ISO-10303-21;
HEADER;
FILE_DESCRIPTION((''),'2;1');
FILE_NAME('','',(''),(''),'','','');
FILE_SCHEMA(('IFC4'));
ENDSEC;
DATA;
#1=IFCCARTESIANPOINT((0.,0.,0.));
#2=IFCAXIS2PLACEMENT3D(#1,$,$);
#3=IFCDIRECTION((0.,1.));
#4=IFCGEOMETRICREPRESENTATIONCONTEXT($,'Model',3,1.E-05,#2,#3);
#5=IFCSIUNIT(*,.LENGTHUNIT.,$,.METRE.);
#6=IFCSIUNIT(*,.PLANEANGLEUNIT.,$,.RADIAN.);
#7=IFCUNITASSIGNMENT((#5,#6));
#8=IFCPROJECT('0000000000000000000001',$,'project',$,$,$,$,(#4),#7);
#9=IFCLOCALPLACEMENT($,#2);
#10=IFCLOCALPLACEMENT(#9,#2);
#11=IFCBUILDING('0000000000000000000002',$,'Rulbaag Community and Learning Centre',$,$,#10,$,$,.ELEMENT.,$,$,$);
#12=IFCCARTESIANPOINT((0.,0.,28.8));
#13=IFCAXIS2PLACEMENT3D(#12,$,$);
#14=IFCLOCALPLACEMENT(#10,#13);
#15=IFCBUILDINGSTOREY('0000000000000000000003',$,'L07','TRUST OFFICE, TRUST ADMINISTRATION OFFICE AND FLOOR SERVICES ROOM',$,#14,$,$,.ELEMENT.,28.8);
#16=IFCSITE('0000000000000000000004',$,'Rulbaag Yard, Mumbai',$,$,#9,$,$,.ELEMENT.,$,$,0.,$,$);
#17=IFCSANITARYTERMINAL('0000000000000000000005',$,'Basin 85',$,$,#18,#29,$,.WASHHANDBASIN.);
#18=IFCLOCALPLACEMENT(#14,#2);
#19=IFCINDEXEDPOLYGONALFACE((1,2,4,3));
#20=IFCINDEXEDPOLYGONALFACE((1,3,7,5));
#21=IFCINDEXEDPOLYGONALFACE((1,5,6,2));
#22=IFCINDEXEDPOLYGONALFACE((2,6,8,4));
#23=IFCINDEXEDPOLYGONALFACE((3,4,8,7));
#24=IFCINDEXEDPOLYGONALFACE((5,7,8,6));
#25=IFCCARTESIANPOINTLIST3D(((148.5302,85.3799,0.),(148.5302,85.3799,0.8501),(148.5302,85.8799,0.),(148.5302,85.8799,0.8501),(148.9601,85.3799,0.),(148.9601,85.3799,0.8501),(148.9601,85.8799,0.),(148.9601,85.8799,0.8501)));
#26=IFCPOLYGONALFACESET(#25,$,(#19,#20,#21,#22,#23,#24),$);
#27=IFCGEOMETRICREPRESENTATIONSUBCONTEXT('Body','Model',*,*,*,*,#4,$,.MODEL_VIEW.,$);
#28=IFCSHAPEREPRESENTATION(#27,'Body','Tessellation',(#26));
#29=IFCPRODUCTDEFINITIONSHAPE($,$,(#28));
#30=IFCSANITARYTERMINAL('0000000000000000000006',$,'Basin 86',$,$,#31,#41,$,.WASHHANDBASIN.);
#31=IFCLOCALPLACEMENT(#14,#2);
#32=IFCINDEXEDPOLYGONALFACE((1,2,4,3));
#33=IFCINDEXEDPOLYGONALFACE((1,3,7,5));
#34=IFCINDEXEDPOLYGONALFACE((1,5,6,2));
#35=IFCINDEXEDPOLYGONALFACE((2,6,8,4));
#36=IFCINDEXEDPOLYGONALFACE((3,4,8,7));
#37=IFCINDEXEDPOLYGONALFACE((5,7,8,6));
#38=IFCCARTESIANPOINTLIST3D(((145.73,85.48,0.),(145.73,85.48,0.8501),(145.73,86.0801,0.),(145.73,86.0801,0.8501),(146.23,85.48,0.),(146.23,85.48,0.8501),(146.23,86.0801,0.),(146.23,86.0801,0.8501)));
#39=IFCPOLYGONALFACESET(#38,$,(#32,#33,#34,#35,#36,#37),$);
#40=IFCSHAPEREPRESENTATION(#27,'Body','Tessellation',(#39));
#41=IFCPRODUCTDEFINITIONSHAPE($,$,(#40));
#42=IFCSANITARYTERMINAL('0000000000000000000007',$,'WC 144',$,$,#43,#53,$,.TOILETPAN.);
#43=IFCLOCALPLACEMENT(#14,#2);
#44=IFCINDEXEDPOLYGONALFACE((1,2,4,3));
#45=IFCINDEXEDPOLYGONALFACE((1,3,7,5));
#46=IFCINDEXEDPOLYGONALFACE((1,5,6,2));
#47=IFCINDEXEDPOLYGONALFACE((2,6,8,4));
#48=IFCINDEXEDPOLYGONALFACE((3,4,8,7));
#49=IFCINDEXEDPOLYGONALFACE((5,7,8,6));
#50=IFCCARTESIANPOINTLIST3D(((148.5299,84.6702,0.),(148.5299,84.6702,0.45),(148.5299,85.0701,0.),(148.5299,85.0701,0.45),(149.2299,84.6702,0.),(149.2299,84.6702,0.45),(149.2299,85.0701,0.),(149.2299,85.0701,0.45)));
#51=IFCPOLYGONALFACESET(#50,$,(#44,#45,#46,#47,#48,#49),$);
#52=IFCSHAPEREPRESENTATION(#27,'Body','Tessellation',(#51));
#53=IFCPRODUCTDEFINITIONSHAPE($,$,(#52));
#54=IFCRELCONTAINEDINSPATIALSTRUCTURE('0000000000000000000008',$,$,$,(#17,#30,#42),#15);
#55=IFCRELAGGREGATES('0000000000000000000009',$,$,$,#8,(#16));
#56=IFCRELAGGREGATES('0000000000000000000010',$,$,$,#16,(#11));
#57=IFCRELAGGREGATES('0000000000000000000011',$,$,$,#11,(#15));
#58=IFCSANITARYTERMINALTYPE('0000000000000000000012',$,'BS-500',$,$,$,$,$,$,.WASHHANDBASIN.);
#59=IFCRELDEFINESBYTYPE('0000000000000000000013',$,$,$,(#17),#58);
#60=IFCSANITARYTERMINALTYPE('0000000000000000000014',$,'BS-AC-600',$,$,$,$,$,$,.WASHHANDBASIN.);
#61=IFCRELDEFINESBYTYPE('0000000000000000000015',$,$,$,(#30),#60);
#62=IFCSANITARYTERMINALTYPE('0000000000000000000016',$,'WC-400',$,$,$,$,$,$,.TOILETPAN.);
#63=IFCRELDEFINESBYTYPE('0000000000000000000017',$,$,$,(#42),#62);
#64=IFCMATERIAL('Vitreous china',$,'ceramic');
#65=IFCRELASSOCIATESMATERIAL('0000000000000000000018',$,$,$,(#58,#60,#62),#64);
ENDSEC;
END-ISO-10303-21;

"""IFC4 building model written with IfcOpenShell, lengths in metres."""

from ifc_helpers import new_model, si_unit, direction, frame, origin, origin_2d, place, context, subcontext, project, spatial, rectangle, extrude, material, type_object, element, save


model = new_model("IFC4")

# Units and contexts
model_context = context("Model", 3, precision=1e-05, world=origin(), true_north=direction((0.0, 1.0)))
body_context = subcontext(model_context, "Body", "Model", "MODEL_VIEW")
ifc_project = project(units=[si_unit("LENGTHUNIT", "METRE"), si_unit("PLANEANGLEUNIT", "RADIAN")], contexts=[model_context])

# Site, building, storey
site_placement = place(None, origin())
site = spatial("IfcSite", under=ifc_project, at=site_placement, Name="Rulbaag Yard, Mumbai", CompositionType="ELEMENT", RefElevation=0.0)
building_placement = place(site_placement, origin())
building = spatial("IfcBuilding", under=site, at=building_placement, Name="Rulbaag Community and Learning Centre", CompositionType="ELEMENT")
storey_placement = place(building_placement, frame((0.0, 0.0, 28.8)))
storey = spatial("IfcBuildingStorey", under=building, at=storey_placement, Name="L07", Description="TRUST OFFICE, TRUST ADMINISTRATION OFFICE AND FLOOR SERVICES ROOM", CompositionType="ELEMENT", Elevation=28.8)

# Sanitary terminals
ifc_material_1 = material(Name="Vitreous china", Category="ceramic")
sanitary_terminal_type_1 = type_object("IfcSanitaryTerminalType", Name="BS-500", PredefinedType="WASHHANDBASIN", material=ifc_material_1)
sanitary_terminal_1_placement = place(storey_placement, frame((148.7451, 85.6299, 0.0), z_axis=(0.0, 0.0, 1.0), x_axis=(1.0, 0.0, 0.0)))
element("IfcSanitaryTerminal", 1, at=sanitary_terminal_1_placement, inside=storey, type_object=sanitary_terminal_type_1, Name="Basin 85", PredefinedType="WASHHANDBASIN", context=body_context, shape_type="SweptSolid", body=[
    extrude(rectangle(XDim=0.4299, YDim=0.5, at=origin_2d()), origin(), (0.0, 0.0, 1.0), 0.8501),
])
sanitary_terminal_type_2 = type_object("IfcSanitaryTerminalType", Name="BS-AC-600", PredefinedType="WASHHANDBASIN", material=ifc_material_1)
sanitary_terminal_2_placement = place(storey_placement, frame((145.98, 85.78, 0.0), z_axis=(0.0, 0.0, 1.0), x_axis=(1.0, 0.0, 0.0)))
element("IfcSanitaryTerminal", 2, at=sanitary_terminal_2_placement, inside=storey, type_object=sanitary_terminal_type_2, Name="Basin 86", PredefinedType="WASHHANDBASIN", context=body_context, shape_type="SweptSolid", body=[
    extrude(rectangle(XDim=0.5, YDim=0.6001, at=origin_2d()), origin(), (0.0, 0.0, 1.0), 0.8501),
])
sanitary_terminal_type_3 = type_object("IfcSanitaryTerminalType", Name="WC-400", PredefinedType="TOILETPAN", material=ifc_material_1)
sanitary_terminal_3_placement = place(storey_placement, frame((148.8799, 84.8701, 0.0), z_axis=(0.0, 0.0, 1.0), x_axis=(1.0, 0.0, 0.0)))
element("IfcSanitaryTerminal", 3, at=sanitary_terminal_3_placement, inside=storey, type_object=sanitary_terminal_type_3, Name="WC 144", PredefinedType="TOILETPAN", context=body_context, shape_type="SweptSolid", body=[
    extrude(rectangle(XDim=0.7, YDim=0.3999, at=origin_2d()), origin(), (0.0, 0.0, 1.0), 0.45),
])

save(model, "model.ifc")
